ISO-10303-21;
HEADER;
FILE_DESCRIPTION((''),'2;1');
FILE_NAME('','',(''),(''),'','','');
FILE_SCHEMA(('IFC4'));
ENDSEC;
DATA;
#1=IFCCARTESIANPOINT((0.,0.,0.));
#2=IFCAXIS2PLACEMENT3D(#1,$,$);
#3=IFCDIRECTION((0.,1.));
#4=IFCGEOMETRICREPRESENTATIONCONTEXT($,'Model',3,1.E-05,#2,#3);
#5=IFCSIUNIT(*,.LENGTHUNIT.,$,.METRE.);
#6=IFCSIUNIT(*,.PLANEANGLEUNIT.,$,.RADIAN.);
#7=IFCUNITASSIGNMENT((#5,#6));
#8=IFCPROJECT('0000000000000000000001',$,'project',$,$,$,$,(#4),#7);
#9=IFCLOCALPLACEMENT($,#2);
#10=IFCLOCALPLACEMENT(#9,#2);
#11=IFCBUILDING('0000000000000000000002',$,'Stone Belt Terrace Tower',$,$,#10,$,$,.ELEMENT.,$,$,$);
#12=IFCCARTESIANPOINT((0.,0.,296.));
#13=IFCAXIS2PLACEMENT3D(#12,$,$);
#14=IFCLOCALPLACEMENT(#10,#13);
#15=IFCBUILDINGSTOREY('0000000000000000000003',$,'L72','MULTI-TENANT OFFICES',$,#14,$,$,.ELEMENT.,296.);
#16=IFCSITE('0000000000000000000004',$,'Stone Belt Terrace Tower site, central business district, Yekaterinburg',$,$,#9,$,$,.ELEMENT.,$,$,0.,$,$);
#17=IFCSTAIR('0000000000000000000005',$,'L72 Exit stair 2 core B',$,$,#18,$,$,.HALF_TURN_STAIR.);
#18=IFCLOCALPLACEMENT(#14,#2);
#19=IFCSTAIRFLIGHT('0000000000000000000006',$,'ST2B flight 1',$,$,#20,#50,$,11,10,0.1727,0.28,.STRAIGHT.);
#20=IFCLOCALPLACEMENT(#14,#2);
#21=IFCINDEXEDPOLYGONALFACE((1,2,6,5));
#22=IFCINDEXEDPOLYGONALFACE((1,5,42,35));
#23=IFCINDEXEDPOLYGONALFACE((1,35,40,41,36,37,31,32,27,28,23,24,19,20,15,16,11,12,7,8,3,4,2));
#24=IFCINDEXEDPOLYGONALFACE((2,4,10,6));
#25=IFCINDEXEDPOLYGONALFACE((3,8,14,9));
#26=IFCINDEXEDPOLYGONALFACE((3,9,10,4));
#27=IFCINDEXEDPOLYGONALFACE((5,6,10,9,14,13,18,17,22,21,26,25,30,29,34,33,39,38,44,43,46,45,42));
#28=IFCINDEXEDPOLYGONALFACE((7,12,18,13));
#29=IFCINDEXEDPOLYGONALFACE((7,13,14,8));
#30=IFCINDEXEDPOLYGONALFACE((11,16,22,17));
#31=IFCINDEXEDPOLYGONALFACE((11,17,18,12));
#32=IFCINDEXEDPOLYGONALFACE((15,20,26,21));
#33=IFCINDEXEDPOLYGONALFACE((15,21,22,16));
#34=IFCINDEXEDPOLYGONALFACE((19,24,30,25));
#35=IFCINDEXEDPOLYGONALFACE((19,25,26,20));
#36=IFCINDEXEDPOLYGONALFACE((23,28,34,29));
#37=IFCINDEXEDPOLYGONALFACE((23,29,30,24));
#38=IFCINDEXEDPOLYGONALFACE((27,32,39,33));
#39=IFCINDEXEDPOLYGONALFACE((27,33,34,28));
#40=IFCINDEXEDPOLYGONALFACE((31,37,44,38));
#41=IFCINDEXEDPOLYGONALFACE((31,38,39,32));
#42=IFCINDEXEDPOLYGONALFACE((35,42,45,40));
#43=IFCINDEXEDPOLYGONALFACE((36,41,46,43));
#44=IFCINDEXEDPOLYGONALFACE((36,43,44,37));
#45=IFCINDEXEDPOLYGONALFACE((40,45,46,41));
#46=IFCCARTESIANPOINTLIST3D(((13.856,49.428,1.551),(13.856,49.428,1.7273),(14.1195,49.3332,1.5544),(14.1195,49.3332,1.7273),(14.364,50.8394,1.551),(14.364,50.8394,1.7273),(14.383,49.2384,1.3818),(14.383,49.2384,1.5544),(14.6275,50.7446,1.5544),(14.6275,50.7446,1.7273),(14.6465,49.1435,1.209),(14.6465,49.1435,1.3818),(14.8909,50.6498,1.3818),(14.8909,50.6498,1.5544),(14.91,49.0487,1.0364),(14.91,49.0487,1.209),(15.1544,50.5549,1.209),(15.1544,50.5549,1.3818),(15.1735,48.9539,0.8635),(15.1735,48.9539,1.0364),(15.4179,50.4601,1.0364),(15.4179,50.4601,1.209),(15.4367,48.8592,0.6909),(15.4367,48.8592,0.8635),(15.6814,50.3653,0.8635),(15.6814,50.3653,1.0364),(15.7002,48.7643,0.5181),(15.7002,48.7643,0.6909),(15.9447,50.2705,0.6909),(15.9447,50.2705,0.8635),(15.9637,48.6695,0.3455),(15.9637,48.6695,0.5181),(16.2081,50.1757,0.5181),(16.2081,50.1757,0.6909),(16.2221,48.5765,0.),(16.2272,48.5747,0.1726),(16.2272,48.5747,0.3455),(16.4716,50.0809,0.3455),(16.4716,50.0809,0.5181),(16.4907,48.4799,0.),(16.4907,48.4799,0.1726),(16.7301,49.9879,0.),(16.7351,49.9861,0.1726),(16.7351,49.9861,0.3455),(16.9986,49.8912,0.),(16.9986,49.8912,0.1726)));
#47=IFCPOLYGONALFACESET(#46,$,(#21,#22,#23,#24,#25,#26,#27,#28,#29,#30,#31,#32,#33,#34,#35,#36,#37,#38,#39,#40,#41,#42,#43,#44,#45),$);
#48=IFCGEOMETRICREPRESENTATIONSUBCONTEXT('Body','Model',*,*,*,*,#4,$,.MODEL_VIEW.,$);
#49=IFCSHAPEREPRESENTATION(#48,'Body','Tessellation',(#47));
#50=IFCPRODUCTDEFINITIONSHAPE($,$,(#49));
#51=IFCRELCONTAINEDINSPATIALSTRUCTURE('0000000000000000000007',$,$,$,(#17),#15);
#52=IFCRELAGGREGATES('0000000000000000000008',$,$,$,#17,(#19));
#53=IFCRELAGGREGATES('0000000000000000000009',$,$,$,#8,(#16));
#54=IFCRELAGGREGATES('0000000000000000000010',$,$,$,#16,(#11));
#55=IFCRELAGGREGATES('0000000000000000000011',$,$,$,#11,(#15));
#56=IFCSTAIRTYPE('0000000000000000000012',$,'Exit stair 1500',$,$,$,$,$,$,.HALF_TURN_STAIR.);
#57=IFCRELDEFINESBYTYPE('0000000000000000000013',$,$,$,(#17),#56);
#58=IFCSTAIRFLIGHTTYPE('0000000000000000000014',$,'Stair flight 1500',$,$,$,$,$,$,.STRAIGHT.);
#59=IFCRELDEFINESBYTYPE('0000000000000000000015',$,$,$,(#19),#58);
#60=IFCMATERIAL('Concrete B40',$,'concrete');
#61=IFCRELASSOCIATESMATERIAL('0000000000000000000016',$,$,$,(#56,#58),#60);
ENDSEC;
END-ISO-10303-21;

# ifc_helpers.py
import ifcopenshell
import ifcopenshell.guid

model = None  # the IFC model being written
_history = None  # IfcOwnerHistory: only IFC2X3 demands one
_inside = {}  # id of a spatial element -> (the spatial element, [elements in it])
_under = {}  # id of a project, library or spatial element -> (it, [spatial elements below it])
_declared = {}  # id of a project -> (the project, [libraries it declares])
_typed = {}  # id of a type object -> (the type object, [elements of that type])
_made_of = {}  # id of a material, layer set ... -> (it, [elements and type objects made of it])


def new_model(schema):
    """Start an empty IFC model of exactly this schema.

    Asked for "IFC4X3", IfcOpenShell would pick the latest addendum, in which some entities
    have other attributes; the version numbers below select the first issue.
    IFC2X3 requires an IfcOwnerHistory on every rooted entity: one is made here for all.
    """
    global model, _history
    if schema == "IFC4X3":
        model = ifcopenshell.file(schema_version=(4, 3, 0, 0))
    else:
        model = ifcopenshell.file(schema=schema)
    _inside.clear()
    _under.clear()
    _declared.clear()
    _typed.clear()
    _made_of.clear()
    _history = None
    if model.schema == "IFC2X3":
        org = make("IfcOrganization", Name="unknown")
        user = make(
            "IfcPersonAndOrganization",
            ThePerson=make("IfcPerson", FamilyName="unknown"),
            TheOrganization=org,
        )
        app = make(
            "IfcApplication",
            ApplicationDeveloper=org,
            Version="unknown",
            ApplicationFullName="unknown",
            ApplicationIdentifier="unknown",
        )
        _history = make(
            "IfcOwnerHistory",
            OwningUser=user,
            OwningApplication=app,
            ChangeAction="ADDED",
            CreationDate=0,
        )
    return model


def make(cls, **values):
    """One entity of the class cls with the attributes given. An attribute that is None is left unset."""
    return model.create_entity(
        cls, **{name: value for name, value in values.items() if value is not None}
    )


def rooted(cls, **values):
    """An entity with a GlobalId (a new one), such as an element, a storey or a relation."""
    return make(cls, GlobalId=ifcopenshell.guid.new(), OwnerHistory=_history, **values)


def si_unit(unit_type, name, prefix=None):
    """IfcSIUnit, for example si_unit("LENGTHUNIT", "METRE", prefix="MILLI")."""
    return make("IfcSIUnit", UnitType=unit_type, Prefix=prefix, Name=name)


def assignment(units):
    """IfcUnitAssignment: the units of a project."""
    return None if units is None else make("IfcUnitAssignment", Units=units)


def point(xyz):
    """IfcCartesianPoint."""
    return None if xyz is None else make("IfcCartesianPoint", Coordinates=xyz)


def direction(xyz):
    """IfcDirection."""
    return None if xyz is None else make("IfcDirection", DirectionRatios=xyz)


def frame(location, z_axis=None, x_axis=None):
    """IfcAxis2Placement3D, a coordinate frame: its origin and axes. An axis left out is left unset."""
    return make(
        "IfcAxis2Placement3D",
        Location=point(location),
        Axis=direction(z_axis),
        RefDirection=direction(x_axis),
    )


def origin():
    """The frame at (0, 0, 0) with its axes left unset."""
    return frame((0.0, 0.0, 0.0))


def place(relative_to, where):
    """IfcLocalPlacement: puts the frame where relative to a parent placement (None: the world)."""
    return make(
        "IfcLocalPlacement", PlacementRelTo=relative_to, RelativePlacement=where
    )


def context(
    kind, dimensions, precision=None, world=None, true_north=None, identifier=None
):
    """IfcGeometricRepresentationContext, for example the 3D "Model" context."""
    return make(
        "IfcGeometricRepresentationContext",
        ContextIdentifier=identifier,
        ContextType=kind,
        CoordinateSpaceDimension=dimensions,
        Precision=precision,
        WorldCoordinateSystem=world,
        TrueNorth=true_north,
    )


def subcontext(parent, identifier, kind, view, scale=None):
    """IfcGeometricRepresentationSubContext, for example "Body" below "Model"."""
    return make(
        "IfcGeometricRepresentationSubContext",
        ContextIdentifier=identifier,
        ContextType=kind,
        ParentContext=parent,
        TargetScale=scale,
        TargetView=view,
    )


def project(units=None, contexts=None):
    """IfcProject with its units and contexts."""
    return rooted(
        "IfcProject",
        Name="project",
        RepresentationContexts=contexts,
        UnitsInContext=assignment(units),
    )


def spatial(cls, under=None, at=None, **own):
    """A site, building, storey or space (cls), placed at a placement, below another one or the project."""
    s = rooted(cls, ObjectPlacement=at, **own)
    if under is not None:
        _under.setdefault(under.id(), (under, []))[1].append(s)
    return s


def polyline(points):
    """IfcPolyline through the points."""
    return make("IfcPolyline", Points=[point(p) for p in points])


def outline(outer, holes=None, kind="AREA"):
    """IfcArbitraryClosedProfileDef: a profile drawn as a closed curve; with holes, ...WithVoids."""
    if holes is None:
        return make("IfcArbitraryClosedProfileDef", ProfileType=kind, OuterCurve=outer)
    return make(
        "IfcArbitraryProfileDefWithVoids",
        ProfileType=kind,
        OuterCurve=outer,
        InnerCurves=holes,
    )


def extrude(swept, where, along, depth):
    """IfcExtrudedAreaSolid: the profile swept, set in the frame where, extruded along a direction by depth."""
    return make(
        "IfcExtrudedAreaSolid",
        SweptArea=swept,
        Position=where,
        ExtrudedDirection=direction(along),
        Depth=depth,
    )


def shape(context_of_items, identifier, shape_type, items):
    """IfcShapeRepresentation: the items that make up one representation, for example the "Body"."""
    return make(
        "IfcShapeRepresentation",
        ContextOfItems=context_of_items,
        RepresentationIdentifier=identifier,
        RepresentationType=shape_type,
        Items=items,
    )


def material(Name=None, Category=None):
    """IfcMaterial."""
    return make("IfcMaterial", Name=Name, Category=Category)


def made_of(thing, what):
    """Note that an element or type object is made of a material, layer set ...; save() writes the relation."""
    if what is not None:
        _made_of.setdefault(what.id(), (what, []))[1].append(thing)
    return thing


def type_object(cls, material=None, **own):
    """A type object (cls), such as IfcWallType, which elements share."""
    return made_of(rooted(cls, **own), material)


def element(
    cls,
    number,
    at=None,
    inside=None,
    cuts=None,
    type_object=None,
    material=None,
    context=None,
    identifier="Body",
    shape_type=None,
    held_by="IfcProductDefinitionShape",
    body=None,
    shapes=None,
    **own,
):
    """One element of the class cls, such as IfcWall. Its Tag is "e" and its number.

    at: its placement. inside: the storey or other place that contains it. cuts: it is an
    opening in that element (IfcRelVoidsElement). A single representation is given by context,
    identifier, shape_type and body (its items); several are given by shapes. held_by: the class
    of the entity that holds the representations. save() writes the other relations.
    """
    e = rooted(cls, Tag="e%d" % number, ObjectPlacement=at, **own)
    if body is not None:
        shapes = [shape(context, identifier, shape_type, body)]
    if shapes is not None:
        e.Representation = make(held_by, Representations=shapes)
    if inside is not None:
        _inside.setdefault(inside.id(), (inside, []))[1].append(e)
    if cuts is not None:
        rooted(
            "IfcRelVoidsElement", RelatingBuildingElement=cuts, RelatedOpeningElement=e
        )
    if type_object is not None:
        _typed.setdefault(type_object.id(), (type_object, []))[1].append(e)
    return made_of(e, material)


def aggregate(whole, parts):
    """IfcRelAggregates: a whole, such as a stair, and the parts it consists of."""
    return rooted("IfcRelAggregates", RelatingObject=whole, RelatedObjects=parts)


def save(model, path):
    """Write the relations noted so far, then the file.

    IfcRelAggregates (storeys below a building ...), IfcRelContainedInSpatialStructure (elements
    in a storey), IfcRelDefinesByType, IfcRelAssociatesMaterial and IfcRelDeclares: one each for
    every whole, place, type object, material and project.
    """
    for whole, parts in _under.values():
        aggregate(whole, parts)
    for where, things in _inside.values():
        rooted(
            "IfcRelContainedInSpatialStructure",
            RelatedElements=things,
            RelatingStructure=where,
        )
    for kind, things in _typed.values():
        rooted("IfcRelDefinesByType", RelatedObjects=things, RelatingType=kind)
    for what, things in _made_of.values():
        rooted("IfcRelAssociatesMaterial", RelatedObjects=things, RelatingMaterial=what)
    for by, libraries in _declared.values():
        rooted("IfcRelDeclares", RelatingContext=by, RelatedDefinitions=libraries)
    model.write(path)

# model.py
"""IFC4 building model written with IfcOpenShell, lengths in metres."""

from ifc_helpers import new_model, si_unit, direction, frame, origin, place, context, subcontext, project, spatial, polyline, outline, extrude, material, type_object, element, aggregate, save


model = new_model("IFC4")

# Units and contexts
model_context = context("Model", 3, precision=1e-05, world=origin(), true_north=direction((0.0, 1.0)))
body_context = subcontext(model_context, "Body", "Model", "MODEL_VIEW")
ifc_project = project(units=[si_unit("LENGTHUNIT", "METRE"), si_unit("PLANEANGLEUNIT", "RADIAN")], contexts=[model_context])

# Site, building, storey
site_placement = place(None, origin())
site = spatial("IfcSite", under=ifc_project, at=site_placement, Name="Stone Belt Terrace Tower site, central business district, Yekaterinburg", CompositionType="ELEMENT", RefElevation=0.0)
building_placement = place(site_placement, origin())
building = spatial("IfcBuilding", under=site, at=building_placement, Name="Stone Belt Terrace Tower", CompositionType="ELEMENT")
storey_placement = place(building_placement, frame((0.0, 0.0, 296.0)))
storey = spatial("IfcBuildingStorey", under=building, at=storey_placement, Name="L72", Description="MULTI-TENANT OFFICES", CompositionType="ELEMENT", Elevation=296.0)

# Stair, stair flight
ifc_material_1 = material(Name="Concrete B40", Category="concrete")
stair_type = type_object("IfcStairType", Name="Exit stair 1500", PredefinedType="HALF_TURN_STAIR", material=ifc_material_1)
stair_placement = place(storey_placement, origin())
stair = element("IfcStair", 1, at=stair_placement, inside=storey, type_object=stair_type, Name="L72 Exit stair 2 core B", PredefinedType="HALF_TURN_STAIR")
stair_flight_type = type_object("IfcStairFlightType", Name="Stair flight 1500", PredefinedType="STRAIGHT", material=ifc_material_1)
stair_flight_placement = place(storey_placement, frame((16.7446, 49.1855, 0.0), z_axis=(0.0, 0.0, 1.0), x_axis=(-0.940922, 0.338624, 0.0)))
stair_flight = element("IfcStairFlight", 2, at=stair_flight_placement, type_object=stair_flight_type, Name="ST2B flight 1", NumberOfRisers=11, NumberOfTreads=10, PredefinedType="STRAIGHT", RiserHeight=0.1727, TreadLength=0.28, context=body_context, shape_type="SweptSolid", body=[
    extrude(outline(polyline([(0.0, 0.0), (0.0, 0.1726), (0.28, 0.1726), (0.28, 0.3455), (0.5601, 0.3455), (0.5601, 0.5181), (0.8401, 0.5181), (0.8401, 0.6909), (1.1201, 0.6909), (1.1201, 0.8635), (1.3999, 0.8635), (1.3999, 1.0364), (1.6799, 1.0364), (1.6799, 1.209), (1.96, 1.209), (1.96, 1.3818), (2.24, 1.3818), (2.24, 1.5544), (2.52, 1.5544), (2.52, 1.7273), (2.8, 1.7273), (2.8, 1.8999), (2.8, 1.551), (0.2854, 0.0), (0.0, 0.0)])), frame((0.0, 0.75, 0.0), z_axis=(0.0, -1.0, 0.0), x_axis=(1.0, 0.0, 0.0)), (0.0, 0.0, 1.0), 1.5),
])
aggregate(stair, [stair_flight])

save(model, "model.ifc")
